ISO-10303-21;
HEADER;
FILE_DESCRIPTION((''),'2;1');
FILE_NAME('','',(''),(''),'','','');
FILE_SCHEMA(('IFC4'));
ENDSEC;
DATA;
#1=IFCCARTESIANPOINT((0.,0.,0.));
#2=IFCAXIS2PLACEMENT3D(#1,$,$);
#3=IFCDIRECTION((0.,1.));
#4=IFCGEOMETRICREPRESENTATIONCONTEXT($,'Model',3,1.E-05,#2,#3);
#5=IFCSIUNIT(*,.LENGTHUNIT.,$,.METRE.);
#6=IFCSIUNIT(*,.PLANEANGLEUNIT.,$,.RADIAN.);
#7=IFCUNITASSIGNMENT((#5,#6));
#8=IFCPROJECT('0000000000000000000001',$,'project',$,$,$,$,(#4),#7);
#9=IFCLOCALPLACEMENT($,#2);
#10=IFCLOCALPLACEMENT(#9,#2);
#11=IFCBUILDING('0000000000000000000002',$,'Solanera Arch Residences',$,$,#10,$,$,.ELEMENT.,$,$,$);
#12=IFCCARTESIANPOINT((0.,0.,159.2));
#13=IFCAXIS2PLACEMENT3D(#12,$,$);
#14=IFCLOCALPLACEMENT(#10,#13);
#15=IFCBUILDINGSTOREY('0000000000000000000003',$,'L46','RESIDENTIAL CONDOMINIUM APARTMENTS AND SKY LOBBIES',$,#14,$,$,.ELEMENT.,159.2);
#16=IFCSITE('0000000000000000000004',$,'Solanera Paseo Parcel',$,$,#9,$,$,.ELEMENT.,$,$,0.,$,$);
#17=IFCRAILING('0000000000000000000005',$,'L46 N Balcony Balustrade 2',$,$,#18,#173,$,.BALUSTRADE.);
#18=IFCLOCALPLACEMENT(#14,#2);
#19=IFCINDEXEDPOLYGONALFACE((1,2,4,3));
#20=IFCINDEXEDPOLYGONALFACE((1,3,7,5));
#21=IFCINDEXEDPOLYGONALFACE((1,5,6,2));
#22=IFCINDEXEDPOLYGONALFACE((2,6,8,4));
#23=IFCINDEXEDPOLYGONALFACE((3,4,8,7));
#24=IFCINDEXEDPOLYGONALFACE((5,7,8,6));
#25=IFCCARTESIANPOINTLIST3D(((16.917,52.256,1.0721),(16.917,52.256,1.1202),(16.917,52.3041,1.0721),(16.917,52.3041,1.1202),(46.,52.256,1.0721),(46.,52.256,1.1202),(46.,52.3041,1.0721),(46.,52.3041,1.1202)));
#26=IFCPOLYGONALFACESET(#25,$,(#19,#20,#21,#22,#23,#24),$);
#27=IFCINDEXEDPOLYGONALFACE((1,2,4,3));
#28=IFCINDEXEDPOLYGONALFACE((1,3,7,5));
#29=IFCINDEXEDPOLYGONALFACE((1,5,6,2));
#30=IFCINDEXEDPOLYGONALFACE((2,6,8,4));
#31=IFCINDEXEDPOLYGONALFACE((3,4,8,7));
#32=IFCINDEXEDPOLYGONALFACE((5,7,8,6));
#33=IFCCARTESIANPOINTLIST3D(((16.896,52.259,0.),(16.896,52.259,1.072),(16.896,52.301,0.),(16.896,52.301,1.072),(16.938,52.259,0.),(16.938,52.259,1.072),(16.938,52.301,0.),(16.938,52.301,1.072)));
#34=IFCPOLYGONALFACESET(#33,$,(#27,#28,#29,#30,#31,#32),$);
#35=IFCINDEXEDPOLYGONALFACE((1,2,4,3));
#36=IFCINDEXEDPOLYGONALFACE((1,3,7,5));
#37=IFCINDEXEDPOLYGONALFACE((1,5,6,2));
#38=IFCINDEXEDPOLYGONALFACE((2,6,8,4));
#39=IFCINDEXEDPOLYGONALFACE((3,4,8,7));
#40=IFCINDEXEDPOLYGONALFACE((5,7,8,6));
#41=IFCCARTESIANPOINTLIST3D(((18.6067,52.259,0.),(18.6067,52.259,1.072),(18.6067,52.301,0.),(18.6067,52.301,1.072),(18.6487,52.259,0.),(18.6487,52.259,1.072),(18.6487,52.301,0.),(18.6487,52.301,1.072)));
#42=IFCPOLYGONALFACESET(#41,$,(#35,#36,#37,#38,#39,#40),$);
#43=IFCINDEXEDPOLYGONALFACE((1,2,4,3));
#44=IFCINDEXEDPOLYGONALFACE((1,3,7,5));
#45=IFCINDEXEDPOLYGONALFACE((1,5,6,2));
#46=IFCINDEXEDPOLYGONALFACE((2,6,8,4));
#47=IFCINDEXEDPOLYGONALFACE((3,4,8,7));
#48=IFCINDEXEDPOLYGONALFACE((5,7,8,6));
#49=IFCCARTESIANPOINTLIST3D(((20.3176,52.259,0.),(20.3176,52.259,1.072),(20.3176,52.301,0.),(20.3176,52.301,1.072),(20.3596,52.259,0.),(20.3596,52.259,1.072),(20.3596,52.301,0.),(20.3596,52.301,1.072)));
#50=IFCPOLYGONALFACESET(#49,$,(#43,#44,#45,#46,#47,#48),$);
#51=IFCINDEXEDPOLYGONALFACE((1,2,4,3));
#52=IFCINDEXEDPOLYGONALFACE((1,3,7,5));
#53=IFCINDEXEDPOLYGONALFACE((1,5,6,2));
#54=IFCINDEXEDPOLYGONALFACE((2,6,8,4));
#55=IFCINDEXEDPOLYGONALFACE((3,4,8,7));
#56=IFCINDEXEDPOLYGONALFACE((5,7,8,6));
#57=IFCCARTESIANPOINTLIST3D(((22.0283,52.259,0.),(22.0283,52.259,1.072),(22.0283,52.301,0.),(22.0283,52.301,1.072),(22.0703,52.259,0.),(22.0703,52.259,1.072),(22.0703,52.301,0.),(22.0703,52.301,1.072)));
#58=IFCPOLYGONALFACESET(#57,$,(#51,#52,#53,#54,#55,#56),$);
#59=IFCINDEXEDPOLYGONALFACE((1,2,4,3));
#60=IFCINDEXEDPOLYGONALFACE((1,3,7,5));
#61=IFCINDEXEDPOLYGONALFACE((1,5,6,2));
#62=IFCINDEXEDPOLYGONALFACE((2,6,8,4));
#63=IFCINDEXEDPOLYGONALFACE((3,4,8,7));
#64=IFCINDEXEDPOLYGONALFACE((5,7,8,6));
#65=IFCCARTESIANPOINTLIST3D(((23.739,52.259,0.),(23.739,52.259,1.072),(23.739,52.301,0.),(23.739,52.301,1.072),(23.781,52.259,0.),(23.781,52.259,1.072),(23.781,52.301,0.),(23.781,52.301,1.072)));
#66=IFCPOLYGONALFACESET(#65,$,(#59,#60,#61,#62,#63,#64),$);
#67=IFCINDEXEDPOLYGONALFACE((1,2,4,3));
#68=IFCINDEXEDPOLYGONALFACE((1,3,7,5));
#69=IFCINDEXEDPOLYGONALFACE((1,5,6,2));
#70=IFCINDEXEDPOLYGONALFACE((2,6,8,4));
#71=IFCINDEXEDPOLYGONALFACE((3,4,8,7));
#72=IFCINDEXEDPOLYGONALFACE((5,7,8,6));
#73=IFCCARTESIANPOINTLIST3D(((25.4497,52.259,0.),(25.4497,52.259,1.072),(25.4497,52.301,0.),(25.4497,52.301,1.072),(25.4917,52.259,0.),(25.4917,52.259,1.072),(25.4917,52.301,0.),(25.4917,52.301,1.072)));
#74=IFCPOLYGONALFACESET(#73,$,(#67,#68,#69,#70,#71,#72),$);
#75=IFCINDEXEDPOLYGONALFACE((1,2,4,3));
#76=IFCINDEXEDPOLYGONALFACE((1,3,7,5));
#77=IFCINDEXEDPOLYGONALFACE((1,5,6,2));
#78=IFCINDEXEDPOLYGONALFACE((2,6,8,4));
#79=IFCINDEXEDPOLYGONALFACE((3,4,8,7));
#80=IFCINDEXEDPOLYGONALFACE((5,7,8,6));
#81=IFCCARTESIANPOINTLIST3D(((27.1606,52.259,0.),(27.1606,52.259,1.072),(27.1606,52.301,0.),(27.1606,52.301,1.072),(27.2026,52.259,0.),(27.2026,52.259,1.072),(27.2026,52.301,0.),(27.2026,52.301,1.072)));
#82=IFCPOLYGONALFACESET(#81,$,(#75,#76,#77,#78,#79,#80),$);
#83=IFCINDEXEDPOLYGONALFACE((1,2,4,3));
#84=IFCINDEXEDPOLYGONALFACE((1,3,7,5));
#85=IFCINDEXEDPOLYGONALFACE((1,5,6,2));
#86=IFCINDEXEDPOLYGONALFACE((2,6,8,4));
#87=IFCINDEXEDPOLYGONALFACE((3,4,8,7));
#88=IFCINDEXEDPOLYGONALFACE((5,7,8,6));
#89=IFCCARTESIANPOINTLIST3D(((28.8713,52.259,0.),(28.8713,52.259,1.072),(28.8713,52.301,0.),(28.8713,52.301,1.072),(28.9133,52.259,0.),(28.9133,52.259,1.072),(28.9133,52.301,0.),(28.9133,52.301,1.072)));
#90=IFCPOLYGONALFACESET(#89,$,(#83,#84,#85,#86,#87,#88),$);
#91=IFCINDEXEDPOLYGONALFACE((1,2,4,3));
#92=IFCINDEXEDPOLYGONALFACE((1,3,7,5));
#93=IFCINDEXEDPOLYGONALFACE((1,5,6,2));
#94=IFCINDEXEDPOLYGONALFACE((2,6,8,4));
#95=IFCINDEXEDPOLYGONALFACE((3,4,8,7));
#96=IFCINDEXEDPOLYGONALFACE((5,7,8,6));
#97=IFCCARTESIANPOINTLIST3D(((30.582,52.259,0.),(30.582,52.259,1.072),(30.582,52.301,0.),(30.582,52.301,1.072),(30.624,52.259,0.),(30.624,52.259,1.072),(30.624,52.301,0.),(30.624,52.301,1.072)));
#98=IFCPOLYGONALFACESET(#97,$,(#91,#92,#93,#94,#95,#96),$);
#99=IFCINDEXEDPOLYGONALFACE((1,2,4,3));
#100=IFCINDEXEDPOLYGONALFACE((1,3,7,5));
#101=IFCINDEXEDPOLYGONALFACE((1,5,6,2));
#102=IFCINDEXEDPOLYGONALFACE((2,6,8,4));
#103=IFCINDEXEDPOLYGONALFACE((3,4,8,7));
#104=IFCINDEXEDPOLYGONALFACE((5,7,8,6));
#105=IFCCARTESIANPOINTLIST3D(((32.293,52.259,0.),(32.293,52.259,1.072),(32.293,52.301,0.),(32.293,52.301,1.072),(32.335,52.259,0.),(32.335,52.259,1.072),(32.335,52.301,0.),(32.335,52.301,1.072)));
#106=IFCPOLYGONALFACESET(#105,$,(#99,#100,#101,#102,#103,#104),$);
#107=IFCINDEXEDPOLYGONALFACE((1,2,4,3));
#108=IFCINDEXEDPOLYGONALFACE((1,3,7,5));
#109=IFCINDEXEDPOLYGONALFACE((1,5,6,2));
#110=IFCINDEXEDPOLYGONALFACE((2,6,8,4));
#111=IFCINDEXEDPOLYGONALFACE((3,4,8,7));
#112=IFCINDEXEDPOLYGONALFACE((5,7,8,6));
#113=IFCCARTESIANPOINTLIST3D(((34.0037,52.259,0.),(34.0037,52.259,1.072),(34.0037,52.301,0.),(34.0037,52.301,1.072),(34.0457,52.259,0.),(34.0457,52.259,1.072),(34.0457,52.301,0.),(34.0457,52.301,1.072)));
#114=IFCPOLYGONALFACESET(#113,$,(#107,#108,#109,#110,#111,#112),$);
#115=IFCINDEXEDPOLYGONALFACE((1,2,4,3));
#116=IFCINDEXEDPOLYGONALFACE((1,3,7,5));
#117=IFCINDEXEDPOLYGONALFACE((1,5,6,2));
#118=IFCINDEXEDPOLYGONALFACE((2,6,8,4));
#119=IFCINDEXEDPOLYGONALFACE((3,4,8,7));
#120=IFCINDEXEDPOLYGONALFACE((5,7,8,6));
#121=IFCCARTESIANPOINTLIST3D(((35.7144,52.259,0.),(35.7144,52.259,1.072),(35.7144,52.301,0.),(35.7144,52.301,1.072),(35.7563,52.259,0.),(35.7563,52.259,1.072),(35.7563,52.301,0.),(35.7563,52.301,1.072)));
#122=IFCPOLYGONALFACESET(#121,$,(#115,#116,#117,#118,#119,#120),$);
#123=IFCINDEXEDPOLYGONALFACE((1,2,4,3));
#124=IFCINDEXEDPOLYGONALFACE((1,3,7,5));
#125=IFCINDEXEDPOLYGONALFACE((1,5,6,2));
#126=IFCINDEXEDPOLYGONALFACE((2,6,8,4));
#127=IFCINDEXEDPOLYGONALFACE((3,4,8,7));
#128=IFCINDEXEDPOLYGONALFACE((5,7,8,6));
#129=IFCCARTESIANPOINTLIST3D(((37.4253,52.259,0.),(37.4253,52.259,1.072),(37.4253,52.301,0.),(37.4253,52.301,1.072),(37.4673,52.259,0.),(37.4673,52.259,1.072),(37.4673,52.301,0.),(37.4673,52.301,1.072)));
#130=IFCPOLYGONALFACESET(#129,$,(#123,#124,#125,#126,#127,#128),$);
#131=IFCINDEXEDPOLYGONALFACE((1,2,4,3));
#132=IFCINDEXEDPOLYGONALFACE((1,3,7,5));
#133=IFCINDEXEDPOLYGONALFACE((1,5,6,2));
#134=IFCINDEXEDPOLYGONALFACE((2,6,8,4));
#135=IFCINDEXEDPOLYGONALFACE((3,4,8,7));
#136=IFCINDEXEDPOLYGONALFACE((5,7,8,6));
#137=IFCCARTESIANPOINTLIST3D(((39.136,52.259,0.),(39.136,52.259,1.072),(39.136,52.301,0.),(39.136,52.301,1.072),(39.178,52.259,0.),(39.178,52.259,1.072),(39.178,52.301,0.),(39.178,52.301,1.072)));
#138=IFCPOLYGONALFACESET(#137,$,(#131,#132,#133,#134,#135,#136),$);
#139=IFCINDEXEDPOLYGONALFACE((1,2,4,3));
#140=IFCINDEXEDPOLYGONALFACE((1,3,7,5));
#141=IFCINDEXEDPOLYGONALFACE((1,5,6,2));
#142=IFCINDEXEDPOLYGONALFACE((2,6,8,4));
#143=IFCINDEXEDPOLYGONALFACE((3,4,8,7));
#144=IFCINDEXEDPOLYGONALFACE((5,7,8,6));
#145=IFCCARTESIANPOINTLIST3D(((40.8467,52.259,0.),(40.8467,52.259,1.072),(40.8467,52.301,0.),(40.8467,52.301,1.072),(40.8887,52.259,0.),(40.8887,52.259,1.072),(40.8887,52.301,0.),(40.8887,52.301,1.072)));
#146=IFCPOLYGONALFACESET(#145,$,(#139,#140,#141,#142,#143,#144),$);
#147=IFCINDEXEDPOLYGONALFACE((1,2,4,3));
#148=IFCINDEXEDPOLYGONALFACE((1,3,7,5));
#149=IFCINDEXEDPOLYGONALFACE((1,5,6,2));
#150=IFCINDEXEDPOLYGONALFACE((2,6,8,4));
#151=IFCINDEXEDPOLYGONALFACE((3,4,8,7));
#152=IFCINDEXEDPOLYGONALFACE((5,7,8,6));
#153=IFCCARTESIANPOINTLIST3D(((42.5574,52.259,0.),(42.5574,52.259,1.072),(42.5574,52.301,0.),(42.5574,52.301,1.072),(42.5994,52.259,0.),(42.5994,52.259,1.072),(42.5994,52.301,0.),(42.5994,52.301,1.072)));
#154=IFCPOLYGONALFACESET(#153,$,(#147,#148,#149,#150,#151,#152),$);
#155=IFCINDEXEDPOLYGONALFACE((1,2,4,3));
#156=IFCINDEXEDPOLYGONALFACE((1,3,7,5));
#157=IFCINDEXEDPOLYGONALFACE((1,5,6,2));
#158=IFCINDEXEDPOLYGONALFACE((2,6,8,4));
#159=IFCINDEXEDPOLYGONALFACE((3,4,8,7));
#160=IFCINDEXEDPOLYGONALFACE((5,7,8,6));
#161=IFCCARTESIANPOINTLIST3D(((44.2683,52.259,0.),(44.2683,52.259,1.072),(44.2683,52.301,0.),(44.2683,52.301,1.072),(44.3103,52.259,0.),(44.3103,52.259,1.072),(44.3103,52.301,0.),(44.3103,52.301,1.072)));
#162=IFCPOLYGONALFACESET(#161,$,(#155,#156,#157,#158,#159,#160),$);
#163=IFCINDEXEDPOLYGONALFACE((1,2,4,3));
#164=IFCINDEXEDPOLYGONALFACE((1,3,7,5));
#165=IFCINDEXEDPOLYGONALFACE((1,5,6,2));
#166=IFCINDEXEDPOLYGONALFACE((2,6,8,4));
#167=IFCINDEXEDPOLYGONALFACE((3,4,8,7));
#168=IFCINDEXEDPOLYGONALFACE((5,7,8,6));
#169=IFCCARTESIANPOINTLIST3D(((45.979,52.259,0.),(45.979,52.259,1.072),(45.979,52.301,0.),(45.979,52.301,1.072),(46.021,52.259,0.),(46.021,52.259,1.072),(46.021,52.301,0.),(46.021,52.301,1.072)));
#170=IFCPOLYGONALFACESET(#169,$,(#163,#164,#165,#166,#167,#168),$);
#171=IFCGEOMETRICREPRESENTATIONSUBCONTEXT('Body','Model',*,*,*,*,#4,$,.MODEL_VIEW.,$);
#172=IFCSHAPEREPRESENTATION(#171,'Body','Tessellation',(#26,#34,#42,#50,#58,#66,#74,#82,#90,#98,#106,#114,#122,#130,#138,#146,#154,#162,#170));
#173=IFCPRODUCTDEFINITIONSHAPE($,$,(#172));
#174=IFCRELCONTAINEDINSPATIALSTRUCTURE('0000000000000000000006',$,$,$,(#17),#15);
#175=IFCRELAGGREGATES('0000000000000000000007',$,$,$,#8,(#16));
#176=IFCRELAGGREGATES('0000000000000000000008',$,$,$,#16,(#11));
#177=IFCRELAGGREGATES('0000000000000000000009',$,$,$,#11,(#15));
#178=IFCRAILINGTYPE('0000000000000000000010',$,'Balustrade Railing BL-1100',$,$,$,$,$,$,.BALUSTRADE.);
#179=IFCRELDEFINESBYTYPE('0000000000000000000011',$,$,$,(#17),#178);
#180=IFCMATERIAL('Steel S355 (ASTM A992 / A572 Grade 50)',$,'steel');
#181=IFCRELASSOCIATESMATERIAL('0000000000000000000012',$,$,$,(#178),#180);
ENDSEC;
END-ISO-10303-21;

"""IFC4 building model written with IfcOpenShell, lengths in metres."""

from ifc_helpers import new_model, si_unit, direction, frame, origin, origin_2d, place, context, subcontext, project, spatial, rectangle, extrude, material, type_object, element, save


model = new_model("IFC4")

# Units and contexts
model_context = context("Model", 3, precision=1e-05, world=origin(), true_north=direction((0.0, 1.0)))
body_context = subcontext(model_context, "Body", "Model", "MODEL_VIEW")
ifc_project = project(units=[si_unit("LENGTHUNIT", "METRE"), si_unit("PLANEANGLEUNIT", "RADIAN")], contexts=[model_context])

# Site, building, storey
site_placement = place(None, origin())
site = spatial("IfcSite", under=ifc_project, at=site_placement, Name="Solanera Paseo Parcel", CompositionType="ELEMENT", RefElevation=0.0)
building_placement = place(site_placement, origin())
building = spatial("IfcBuilding", under=site, at=building_placement, Name="Solanera Arch Residences", CompositionType="ELEMENT")
storey_placement = place(building_placement, frame((0.0, 0.0, 159.2)))
storey = spatial("IfcBuildingStorey", under=building, at=storey_placement, Name="L46", Description="RESIDENTIAL CONDOMINIUM APARTMENTS AND SKY LOBBIES", CompositionType="ELEMENT", Elevation=159.2)

# Railing
ifc_material_1 = material(Name="Steel S355 (ASTM A992 / A572 Grade 50)", Category="steel")
railing_type = type_object("IfcRailingType", Name="Balustrade Railing BL-1100", PredefinedType="BALUSTRADE", material=ifc_material_1)
railing_placement = place(storey_placement, frame((16.917, 52.28, 0.0)))
element("IfcRailing", 1, at=railing_placement, inside=storey, type_object=railing_type, Name="L46 N Balcony Balustrade 2", PredefinedType="BALUSTRADE", context=body_context, shape_type="SweptSolid", body=[
    extrude(rectangle(XDim=0.0481, YDim=0.0481, at=origin_2d()), frame((0.0, 0.0, 1.0962), z_axis=(1.0, 0.0, 0.0), x_axis=(0.0, 1.0, 0.0)), (0.0, 0.0, 1.0), 29.083),
    extrude(rectangle(XDim=0.042, YDim=0.042, at=origin_2d()), origin(), (0.0, 0.0, 1.0), 1.072),
    extrude(rectangle(XDim=0.042, YDim=0.042, at=origin_2d()), frame((1.7107, 0.0, 0.0)), (0.0, 0.0, 1.0), 1.072),
    extrude(rectangle(XDim=0.042, YDim=0.042, at=origin_2d()), frame((3.4216, 0.0, 0.0)), (0.0, 0.0, 1.0), 1.072),
    extrude(rectangle(XDim=0.042, YDim=0.042, at=origin_2d()), frame((5.1323, 0.0, 0.0)), (0.0, 0.0, 1.0), 1.072),
    extrude(rectangle(XDim=0.042, YDim=0.042, at=origin_2d()), frame((6.843, 0.0, 0.0)), (0.0, 0.0, 1.0), 1.072),
    extrude(rectangle(XDim=0.042, YDim=0.042, at=origin_2d()), frame((8.5537, 0.0, 0.0)), (0.0, 0.0, 1.0), 1.072),
    extrude(rectangle(XDim=0.042, YDim=0.042, at=origin_2d()), frame((10.2646, 0.0, 0.0)), (0.0, 0.0, 1.0), 1.072),
    extrude(rectangle(XDim=0.042, YDim=0.042, at=origin_2d()), frame((11.9753, 0.0, 0.0)), (0.0, 0.0, 1.0), 1.072),
    extrude(rectangle(XDim=0.042, YDim=0.042, at=origin_2d()), frame((13.686, 0.0, 0.0)), (0.0, 0.0, 1.0), 1.072),
    extrude(rectangle(XDim=0.042, YDim=0.042, at=origin_2d()), frame((15.397, 0.0, 0.0)), (0.0, 0.0, 1.0), 1.072),
    extrude(rectangle(XDim=0.042, YDim=0.042, at=origin_2d()), frame((17.1077, 0.0, 0.0)), (0.0, 0.0, 1.0), 1.072),
    extrude(rectangle(XDim=0.042, YDim=0.042, at=origin_2d()), frame((18.8184, 0.0, 0.0)), (0.0, 0.0, 1.0), 1.072),
    extrude(rectangle(XDim=0.042, YDim=0.042, at=origin_2d()), frame((20.5293, 0.0, 0.0)), (0.0, 0.0, 1.0), 1.072),
    extrude(rectangle(XDim=0.042, YDim=0.042, at=origin_2d()), frame((22.24, 0.0, 0.0)), (0.0, 0.0, 1.0), 1.072),
    extrude(rectangle(XDim=0.042, YDim=0.042, at=origin_2d()), frame((23.9507, 0.0, 0.0)), (0.0, 0.0, 1.0), 1.072),
    extrude(rectangle(XDim=0.042, YDim=0.042, at=origin_2d()), frame((25.6614, 0.0, 0.0)), (0.0, 0.0, 1.0), 1.072),
    extrude(rectangle(XDim=0.042, YDim=0.042, at=origin_2d()), frame((27.3723, 0.0, 0.0)), (0.0, 0.0, 1.0), 1.072),
    extrude(rectangle(XDim=0.042, YDim=0.042, at=origin_2d()), frame((29.083, 0.0, 0.0)), (0.0, 0.0, 1.0), 1.072),
])

save(model, "model.ifc")
